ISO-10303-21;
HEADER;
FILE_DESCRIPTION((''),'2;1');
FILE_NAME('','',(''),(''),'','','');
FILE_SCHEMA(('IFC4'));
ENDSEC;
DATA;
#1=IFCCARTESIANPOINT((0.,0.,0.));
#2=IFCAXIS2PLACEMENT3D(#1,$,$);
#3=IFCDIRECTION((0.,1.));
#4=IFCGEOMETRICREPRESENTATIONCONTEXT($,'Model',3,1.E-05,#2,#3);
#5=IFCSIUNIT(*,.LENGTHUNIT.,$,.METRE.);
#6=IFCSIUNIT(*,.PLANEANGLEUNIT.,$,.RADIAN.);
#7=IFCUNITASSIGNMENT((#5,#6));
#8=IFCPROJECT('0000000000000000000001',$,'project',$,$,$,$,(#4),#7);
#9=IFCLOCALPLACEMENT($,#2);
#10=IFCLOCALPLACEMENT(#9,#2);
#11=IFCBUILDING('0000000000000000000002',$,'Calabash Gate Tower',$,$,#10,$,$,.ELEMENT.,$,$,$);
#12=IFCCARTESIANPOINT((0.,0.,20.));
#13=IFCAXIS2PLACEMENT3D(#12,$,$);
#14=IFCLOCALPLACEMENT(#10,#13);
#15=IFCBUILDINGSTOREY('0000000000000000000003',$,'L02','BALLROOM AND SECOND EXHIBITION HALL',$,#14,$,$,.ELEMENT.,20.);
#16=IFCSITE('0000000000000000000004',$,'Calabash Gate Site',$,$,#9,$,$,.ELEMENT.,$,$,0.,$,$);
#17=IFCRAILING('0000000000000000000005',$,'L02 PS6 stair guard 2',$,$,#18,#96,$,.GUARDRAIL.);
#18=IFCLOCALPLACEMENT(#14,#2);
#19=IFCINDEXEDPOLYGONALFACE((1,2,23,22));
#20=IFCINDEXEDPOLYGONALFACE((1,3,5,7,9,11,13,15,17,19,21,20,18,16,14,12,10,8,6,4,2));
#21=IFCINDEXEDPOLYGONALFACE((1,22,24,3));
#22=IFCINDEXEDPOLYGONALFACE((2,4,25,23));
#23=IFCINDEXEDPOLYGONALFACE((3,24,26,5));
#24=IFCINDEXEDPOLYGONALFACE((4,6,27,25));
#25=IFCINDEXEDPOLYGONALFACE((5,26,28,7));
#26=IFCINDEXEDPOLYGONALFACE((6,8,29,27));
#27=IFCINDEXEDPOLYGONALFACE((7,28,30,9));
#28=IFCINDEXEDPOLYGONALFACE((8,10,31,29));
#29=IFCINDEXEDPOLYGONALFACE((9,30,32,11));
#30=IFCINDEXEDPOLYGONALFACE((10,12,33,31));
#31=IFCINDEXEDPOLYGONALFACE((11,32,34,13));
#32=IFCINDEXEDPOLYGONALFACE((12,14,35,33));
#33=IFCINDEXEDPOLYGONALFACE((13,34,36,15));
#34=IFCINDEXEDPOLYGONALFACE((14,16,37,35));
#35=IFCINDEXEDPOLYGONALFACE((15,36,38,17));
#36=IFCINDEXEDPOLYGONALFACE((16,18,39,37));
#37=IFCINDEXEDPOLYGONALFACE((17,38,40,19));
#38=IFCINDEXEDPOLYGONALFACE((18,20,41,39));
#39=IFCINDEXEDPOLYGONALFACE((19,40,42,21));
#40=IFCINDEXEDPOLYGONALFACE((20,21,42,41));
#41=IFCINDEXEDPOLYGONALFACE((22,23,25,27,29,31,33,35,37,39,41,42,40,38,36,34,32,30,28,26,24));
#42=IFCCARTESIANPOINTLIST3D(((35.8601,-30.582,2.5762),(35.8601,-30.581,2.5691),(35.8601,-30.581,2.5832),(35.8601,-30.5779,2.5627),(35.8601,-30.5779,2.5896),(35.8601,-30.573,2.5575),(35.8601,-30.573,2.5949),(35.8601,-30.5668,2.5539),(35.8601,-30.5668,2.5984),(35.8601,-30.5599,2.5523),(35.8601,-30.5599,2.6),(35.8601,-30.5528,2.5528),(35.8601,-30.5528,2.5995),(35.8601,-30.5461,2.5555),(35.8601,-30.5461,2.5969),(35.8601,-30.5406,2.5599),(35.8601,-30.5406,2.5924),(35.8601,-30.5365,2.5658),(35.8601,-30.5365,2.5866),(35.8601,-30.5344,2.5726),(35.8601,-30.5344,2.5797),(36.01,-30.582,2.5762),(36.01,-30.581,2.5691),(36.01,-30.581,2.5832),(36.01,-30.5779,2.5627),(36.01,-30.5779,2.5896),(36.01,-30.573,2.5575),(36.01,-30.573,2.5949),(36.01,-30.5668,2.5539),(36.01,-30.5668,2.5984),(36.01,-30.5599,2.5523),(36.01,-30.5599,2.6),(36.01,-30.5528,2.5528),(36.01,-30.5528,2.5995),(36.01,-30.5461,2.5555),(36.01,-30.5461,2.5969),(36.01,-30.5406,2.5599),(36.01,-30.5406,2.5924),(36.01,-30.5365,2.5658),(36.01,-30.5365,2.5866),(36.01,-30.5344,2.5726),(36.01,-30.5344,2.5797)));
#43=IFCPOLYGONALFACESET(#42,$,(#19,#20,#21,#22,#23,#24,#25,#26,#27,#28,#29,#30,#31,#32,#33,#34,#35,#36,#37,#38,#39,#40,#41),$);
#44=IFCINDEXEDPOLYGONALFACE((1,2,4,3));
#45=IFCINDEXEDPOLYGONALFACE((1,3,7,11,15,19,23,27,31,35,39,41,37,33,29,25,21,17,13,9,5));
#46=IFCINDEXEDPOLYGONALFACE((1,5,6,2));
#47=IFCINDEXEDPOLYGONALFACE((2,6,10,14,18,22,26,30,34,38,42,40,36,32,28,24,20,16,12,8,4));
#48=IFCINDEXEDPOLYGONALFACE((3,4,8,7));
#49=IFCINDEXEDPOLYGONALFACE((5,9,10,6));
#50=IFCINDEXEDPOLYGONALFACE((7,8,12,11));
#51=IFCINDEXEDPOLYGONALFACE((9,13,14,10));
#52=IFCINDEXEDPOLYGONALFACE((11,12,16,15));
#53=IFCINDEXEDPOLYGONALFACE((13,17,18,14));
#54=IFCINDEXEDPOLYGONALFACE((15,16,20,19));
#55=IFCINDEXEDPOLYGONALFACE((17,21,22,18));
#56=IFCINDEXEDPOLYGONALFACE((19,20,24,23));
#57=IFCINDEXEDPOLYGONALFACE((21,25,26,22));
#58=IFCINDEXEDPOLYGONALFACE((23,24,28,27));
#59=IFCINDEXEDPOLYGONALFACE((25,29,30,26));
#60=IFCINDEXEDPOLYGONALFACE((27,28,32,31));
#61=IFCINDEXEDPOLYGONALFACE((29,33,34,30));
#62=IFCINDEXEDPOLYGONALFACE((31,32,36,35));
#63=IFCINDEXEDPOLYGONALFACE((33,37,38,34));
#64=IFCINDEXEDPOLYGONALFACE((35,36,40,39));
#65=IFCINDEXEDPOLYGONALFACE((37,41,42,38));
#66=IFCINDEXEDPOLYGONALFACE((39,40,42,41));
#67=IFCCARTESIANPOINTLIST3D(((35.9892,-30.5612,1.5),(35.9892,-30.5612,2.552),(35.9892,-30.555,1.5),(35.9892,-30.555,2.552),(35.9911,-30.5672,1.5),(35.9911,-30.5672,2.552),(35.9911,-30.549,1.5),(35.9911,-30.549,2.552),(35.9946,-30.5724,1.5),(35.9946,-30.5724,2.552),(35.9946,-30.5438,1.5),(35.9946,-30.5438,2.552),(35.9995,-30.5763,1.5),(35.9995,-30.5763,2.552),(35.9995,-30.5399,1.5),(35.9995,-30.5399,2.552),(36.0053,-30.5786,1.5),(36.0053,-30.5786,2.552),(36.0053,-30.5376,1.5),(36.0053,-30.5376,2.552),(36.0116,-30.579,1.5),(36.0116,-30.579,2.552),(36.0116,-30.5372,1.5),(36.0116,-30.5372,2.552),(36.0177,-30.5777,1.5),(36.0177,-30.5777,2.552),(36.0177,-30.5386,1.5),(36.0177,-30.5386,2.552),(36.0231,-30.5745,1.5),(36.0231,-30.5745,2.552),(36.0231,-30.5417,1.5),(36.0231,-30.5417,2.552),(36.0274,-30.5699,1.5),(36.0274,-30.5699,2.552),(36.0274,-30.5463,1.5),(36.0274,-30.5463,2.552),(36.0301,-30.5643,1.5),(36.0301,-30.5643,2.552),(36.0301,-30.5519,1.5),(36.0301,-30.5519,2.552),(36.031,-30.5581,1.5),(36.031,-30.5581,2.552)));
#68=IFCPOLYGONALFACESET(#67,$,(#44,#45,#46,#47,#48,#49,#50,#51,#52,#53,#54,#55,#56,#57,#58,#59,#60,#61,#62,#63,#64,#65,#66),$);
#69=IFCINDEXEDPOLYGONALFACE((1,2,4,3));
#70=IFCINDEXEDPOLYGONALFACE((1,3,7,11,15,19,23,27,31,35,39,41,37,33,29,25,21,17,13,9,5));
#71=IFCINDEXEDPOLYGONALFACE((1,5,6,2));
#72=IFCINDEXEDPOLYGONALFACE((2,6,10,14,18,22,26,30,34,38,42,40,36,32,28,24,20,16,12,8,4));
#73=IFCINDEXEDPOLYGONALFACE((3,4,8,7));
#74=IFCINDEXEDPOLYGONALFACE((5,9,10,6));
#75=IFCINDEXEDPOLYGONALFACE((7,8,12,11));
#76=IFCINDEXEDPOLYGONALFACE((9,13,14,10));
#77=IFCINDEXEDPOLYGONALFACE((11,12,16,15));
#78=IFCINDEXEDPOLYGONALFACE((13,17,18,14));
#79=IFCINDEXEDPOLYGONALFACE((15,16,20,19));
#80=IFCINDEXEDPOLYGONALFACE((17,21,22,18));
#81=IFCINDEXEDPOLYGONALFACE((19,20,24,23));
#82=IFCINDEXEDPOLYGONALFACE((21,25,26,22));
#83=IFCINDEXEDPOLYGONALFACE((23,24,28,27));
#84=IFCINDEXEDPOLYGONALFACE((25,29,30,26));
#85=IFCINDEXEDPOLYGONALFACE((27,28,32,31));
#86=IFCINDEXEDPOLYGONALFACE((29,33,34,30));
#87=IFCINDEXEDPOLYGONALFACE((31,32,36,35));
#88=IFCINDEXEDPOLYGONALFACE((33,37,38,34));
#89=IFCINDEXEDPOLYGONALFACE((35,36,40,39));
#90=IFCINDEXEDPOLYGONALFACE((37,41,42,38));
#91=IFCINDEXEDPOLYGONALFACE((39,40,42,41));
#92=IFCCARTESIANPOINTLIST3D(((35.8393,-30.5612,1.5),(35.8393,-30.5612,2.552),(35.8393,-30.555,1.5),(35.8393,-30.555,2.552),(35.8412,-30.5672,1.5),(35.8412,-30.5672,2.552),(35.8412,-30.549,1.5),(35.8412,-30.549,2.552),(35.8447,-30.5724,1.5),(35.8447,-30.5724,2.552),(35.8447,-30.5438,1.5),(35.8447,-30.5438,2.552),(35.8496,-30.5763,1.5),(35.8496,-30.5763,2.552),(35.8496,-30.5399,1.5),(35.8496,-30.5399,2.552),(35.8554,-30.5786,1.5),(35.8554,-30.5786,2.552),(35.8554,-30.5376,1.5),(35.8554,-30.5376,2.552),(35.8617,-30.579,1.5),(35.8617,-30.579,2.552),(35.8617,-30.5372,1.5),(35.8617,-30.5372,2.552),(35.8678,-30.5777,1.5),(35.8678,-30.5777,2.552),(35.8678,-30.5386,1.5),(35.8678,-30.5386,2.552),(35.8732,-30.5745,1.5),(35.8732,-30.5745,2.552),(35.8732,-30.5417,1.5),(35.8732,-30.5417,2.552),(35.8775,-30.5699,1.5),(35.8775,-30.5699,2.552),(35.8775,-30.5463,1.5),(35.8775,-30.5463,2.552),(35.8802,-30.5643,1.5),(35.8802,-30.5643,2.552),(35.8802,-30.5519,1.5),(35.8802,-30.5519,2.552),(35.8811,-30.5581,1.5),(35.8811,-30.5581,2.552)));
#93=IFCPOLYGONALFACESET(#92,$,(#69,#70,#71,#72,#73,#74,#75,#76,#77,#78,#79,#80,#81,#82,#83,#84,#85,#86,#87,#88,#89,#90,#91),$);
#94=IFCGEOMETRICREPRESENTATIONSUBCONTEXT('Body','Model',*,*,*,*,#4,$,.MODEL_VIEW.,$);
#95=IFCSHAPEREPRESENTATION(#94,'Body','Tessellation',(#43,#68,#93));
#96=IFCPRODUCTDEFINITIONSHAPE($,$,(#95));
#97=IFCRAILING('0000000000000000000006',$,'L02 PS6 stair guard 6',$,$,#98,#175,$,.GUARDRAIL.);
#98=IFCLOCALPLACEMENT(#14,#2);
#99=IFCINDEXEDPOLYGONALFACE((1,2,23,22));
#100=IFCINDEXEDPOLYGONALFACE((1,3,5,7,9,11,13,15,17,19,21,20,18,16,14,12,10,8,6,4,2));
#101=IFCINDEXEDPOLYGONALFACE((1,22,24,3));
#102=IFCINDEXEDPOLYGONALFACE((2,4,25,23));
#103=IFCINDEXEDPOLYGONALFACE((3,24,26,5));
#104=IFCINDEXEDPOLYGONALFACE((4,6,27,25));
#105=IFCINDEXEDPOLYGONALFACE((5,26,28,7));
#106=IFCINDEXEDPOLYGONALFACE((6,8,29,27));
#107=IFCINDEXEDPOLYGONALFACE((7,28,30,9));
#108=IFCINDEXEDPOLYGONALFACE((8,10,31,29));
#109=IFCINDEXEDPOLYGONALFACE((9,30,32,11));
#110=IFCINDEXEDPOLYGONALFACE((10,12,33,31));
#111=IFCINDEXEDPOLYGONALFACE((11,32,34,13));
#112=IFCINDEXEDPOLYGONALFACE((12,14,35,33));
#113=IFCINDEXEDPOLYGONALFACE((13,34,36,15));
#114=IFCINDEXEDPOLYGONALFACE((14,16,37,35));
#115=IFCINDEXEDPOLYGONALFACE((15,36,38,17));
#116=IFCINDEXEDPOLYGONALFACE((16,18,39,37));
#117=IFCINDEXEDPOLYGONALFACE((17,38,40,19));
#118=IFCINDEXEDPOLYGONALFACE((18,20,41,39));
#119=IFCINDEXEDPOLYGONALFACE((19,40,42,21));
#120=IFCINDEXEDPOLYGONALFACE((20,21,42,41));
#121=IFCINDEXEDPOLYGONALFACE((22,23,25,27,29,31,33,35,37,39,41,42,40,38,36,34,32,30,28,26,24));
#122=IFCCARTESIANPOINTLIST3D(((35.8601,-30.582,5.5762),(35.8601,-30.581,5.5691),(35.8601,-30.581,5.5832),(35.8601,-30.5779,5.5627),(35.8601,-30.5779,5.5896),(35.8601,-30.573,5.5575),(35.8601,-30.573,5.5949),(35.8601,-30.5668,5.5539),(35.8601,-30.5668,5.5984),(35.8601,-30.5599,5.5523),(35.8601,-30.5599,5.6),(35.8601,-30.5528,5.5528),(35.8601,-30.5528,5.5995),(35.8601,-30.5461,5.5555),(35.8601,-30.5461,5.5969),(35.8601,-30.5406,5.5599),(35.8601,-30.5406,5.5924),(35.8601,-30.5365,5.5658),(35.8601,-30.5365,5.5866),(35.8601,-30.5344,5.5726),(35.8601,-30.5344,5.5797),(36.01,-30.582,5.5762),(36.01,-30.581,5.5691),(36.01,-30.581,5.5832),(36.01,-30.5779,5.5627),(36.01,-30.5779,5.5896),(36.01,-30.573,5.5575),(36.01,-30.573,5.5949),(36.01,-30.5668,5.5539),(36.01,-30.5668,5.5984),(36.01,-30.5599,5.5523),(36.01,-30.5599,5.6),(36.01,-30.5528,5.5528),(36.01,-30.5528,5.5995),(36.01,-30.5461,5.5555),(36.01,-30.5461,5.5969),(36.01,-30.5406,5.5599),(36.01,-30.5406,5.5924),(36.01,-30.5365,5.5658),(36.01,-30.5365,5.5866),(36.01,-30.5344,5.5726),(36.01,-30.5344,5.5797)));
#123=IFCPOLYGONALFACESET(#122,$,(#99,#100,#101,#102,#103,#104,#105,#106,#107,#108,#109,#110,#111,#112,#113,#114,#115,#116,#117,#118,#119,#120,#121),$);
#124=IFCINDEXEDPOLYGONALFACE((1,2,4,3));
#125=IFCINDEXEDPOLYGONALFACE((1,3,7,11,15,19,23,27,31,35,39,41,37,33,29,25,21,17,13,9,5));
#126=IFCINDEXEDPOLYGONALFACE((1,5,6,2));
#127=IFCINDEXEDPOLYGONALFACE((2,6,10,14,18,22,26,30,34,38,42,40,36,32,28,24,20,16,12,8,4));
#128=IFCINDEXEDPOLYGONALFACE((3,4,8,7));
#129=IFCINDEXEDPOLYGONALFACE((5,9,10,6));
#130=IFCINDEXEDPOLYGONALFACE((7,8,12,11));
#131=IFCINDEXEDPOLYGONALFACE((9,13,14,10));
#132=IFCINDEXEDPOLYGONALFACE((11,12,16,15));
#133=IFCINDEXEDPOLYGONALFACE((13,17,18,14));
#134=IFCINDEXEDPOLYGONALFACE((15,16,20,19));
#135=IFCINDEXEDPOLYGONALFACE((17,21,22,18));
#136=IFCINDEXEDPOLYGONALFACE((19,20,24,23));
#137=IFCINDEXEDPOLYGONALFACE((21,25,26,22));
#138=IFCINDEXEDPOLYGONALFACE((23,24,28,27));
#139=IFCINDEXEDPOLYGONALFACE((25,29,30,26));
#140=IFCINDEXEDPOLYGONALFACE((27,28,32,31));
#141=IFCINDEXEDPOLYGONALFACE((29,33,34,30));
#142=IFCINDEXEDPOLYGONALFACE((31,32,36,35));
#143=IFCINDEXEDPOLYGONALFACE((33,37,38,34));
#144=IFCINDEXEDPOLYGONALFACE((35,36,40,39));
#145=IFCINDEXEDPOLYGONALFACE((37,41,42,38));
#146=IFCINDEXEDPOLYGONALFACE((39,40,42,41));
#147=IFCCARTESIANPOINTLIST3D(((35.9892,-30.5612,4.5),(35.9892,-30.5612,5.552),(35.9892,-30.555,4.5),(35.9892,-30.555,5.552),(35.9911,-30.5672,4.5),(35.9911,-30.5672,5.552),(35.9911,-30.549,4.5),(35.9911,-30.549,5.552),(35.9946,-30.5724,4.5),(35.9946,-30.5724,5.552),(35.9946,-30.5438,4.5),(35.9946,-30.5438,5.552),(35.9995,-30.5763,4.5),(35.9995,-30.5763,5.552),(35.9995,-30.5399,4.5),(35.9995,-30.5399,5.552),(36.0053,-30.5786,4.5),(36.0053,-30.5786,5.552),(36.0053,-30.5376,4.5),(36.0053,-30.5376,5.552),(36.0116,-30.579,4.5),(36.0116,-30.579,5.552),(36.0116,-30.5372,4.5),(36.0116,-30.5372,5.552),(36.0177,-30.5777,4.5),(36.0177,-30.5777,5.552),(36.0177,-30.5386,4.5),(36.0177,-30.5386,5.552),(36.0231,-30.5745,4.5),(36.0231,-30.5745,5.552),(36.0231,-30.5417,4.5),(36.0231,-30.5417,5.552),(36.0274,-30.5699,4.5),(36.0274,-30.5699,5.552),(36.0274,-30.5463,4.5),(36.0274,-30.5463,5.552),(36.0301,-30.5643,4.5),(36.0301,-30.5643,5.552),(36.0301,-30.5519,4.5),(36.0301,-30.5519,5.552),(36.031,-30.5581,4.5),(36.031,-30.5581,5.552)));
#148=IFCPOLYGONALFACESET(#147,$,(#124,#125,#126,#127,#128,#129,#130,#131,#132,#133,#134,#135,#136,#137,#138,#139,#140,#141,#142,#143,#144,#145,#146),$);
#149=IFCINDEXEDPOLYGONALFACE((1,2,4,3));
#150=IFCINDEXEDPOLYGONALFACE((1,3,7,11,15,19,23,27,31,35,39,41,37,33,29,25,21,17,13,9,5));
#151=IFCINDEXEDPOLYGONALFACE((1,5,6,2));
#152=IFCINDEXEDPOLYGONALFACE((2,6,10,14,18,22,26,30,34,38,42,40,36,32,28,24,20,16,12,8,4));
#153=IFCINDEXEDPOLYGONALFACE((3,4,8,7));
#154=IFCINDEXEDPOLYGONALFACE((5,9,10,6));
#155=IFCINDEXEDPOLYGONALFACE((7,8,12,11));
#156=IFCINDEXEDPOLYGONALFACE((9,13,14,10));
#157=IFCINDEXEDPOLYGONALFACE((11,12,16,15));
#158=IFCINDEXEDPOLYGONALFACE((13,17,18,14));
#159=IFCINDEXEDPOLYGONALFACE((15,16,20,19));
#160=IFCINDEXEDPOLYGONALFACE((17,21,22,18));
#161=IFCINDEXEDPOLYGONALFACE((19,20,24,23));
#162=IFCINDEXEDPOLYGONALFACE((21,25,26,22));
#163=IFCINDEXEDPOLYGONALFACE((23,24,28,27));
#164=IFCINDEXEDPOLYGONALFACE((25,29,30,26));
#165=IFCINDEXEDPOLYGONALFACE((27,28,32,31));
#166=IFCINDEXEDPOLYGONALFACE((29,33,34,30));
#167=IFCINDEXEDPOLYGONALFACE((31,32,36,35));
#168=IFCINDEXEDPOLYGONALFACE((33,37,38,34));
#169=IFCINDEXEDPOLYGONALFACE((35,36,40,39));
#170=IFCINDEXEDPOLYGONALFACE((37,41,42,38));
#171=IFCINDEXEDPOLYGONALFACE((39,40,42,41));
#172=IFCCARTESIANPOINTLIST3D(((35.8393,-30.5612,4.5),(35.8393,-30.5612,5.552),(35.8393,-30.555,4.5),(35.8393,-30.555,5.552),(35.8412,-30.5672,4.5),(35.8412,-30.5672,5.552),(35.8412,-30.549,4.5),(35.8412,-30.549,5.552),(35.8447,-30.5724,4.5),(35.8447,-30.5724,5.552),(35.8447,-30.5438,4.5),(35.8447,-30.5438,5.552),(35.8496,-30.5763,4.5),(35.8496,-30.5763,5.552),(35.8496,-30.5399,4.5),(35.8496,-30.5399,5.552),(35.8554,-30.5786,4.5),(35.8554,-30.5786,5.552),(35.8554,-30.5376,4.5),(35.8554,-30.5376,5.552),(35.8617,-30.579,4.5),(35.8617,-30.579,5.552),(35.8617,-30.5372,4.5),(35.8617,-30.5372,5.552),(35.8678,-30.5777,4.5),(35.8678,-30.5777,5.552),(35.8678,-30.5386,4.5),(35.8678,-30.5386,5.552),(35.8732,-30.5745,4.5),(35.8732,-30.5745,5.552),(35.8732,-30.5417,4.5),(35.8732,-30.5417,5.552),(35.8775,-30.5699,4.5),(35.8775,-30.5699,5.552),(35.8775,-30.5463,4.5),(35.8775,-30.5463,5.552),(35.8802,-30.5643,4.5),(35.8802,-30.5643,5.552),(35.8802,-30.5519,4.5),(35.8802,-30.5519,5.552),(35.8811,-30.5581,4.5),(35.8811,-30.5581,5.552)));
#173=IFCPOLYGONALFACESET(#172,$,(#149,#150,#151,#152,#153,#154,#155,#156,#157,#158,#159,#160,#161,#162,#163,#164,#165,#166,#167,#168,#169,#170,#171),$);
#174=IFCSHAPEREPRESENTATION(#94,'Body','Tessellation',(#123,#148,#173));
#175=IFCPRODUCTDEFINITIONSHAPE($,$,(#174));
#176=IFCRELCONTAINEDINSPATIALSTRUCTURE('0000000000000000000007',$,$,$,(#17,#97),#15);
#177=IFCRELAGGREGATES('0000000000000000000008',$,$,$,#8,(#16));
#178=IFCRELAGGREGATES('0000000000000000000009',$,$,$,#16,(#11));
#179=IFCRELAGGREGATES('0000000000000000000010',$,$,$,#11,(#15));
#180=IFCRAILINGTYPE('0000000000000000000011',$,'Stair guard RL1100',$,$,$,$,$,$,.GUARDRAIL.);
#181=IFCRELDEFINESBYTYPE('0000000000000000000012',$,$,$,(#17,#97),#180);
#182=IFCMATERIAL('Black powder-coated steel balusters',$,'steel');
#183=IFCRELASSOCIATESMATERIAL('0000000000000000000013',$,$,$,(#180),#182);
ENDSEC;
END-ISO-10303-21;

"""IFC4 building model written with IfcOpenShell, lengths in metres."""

from ifc_helpers import new_model, si_unit, direction, frame, origin, origin_2d, place, context, subcontext, project, spatial, circle, extrude, material, type_object, element, save


model = new_model("IFC4")

# Units and contexts
model_context = context("Model", 3, precision=1e-05, world=origin(), true_north=direction((0.0, 1.0)))
body_context = subcontext(model_context, "Body", "Model", "MODEL_VIEW")
ifc_project = project(units=[si_unit("LENGTHUNIT", "METRE"), si_unit("PLANEANGLEUNIT", "RADIAN")], contexts=[model_context])

# Site, building, storey
site_placement = place(None, origin())
site = spatial("IfcSite", under=ifc_project, at=site_placement, Name="Calabash Gate Site", CompositionType="ELEMENT", RefElevation=0.0)
building_placement = place(site_placement, origin())
building = spatial("IfcBuilding", under=site, at=building_placement, Name="Calabash Gate Tower", CompositionType="ELEMENT")
storey_placement = place(building_placement, frame((0.0, 0.0, 20.0)))
storey = spatial("IfcBuildingStorey", under=building, at=storey_placement, Name="L02", Description="BALLROOM AND SECOND EXHIBITION HALL", CompositionType="ELEMENT", Elevation=20.0)

# Railings
ifc_material_1 = material(Name="Black powder-coated steel balusters", Category="steel")
railing_type_1 = type_object("IfcRailingType", Name="Stair guard RL1100", PredefinedType="GUARDRAIL", material=ifc_material_1)
for number, where, name in (
    (1, (36.01, -30.5581, 1.5), "L02 PS6 stair guard 2"),
    (2, (36.01, -30.5581, 4.5), "L02 PS6 stair guard 6"),
):
    element("IfcRailing", number, at=place(storey_placement, frame(where)), inside=storey, type_object=railing_type_1, Name=name, PredefinedType="GUARDRAIL", context=body_context, shape_type="SweptSolid", body=[
        extrude(circle(Radius=0.0239, at=origin_2d()), frame((0.0, 0.0, 1.0762), z_axis=(-1.0, 0.0, 0.0), x_axis=(0.0, -1.0, 0.0)), (0.0, 0.0, 1.0), 0.1499),
        extrude(circle(Radius=0.021, at=origin_2d()), origin(), (0.0, 0.0, 1.0), 1.052),
        extrude(circle(Radius=0.021, at=origin_2d()), frame((-0.1499, 0.0, 0.0)), (0.0, 0.0, 1.0), 1.052),
    ])

save(model, "model.ifc")
